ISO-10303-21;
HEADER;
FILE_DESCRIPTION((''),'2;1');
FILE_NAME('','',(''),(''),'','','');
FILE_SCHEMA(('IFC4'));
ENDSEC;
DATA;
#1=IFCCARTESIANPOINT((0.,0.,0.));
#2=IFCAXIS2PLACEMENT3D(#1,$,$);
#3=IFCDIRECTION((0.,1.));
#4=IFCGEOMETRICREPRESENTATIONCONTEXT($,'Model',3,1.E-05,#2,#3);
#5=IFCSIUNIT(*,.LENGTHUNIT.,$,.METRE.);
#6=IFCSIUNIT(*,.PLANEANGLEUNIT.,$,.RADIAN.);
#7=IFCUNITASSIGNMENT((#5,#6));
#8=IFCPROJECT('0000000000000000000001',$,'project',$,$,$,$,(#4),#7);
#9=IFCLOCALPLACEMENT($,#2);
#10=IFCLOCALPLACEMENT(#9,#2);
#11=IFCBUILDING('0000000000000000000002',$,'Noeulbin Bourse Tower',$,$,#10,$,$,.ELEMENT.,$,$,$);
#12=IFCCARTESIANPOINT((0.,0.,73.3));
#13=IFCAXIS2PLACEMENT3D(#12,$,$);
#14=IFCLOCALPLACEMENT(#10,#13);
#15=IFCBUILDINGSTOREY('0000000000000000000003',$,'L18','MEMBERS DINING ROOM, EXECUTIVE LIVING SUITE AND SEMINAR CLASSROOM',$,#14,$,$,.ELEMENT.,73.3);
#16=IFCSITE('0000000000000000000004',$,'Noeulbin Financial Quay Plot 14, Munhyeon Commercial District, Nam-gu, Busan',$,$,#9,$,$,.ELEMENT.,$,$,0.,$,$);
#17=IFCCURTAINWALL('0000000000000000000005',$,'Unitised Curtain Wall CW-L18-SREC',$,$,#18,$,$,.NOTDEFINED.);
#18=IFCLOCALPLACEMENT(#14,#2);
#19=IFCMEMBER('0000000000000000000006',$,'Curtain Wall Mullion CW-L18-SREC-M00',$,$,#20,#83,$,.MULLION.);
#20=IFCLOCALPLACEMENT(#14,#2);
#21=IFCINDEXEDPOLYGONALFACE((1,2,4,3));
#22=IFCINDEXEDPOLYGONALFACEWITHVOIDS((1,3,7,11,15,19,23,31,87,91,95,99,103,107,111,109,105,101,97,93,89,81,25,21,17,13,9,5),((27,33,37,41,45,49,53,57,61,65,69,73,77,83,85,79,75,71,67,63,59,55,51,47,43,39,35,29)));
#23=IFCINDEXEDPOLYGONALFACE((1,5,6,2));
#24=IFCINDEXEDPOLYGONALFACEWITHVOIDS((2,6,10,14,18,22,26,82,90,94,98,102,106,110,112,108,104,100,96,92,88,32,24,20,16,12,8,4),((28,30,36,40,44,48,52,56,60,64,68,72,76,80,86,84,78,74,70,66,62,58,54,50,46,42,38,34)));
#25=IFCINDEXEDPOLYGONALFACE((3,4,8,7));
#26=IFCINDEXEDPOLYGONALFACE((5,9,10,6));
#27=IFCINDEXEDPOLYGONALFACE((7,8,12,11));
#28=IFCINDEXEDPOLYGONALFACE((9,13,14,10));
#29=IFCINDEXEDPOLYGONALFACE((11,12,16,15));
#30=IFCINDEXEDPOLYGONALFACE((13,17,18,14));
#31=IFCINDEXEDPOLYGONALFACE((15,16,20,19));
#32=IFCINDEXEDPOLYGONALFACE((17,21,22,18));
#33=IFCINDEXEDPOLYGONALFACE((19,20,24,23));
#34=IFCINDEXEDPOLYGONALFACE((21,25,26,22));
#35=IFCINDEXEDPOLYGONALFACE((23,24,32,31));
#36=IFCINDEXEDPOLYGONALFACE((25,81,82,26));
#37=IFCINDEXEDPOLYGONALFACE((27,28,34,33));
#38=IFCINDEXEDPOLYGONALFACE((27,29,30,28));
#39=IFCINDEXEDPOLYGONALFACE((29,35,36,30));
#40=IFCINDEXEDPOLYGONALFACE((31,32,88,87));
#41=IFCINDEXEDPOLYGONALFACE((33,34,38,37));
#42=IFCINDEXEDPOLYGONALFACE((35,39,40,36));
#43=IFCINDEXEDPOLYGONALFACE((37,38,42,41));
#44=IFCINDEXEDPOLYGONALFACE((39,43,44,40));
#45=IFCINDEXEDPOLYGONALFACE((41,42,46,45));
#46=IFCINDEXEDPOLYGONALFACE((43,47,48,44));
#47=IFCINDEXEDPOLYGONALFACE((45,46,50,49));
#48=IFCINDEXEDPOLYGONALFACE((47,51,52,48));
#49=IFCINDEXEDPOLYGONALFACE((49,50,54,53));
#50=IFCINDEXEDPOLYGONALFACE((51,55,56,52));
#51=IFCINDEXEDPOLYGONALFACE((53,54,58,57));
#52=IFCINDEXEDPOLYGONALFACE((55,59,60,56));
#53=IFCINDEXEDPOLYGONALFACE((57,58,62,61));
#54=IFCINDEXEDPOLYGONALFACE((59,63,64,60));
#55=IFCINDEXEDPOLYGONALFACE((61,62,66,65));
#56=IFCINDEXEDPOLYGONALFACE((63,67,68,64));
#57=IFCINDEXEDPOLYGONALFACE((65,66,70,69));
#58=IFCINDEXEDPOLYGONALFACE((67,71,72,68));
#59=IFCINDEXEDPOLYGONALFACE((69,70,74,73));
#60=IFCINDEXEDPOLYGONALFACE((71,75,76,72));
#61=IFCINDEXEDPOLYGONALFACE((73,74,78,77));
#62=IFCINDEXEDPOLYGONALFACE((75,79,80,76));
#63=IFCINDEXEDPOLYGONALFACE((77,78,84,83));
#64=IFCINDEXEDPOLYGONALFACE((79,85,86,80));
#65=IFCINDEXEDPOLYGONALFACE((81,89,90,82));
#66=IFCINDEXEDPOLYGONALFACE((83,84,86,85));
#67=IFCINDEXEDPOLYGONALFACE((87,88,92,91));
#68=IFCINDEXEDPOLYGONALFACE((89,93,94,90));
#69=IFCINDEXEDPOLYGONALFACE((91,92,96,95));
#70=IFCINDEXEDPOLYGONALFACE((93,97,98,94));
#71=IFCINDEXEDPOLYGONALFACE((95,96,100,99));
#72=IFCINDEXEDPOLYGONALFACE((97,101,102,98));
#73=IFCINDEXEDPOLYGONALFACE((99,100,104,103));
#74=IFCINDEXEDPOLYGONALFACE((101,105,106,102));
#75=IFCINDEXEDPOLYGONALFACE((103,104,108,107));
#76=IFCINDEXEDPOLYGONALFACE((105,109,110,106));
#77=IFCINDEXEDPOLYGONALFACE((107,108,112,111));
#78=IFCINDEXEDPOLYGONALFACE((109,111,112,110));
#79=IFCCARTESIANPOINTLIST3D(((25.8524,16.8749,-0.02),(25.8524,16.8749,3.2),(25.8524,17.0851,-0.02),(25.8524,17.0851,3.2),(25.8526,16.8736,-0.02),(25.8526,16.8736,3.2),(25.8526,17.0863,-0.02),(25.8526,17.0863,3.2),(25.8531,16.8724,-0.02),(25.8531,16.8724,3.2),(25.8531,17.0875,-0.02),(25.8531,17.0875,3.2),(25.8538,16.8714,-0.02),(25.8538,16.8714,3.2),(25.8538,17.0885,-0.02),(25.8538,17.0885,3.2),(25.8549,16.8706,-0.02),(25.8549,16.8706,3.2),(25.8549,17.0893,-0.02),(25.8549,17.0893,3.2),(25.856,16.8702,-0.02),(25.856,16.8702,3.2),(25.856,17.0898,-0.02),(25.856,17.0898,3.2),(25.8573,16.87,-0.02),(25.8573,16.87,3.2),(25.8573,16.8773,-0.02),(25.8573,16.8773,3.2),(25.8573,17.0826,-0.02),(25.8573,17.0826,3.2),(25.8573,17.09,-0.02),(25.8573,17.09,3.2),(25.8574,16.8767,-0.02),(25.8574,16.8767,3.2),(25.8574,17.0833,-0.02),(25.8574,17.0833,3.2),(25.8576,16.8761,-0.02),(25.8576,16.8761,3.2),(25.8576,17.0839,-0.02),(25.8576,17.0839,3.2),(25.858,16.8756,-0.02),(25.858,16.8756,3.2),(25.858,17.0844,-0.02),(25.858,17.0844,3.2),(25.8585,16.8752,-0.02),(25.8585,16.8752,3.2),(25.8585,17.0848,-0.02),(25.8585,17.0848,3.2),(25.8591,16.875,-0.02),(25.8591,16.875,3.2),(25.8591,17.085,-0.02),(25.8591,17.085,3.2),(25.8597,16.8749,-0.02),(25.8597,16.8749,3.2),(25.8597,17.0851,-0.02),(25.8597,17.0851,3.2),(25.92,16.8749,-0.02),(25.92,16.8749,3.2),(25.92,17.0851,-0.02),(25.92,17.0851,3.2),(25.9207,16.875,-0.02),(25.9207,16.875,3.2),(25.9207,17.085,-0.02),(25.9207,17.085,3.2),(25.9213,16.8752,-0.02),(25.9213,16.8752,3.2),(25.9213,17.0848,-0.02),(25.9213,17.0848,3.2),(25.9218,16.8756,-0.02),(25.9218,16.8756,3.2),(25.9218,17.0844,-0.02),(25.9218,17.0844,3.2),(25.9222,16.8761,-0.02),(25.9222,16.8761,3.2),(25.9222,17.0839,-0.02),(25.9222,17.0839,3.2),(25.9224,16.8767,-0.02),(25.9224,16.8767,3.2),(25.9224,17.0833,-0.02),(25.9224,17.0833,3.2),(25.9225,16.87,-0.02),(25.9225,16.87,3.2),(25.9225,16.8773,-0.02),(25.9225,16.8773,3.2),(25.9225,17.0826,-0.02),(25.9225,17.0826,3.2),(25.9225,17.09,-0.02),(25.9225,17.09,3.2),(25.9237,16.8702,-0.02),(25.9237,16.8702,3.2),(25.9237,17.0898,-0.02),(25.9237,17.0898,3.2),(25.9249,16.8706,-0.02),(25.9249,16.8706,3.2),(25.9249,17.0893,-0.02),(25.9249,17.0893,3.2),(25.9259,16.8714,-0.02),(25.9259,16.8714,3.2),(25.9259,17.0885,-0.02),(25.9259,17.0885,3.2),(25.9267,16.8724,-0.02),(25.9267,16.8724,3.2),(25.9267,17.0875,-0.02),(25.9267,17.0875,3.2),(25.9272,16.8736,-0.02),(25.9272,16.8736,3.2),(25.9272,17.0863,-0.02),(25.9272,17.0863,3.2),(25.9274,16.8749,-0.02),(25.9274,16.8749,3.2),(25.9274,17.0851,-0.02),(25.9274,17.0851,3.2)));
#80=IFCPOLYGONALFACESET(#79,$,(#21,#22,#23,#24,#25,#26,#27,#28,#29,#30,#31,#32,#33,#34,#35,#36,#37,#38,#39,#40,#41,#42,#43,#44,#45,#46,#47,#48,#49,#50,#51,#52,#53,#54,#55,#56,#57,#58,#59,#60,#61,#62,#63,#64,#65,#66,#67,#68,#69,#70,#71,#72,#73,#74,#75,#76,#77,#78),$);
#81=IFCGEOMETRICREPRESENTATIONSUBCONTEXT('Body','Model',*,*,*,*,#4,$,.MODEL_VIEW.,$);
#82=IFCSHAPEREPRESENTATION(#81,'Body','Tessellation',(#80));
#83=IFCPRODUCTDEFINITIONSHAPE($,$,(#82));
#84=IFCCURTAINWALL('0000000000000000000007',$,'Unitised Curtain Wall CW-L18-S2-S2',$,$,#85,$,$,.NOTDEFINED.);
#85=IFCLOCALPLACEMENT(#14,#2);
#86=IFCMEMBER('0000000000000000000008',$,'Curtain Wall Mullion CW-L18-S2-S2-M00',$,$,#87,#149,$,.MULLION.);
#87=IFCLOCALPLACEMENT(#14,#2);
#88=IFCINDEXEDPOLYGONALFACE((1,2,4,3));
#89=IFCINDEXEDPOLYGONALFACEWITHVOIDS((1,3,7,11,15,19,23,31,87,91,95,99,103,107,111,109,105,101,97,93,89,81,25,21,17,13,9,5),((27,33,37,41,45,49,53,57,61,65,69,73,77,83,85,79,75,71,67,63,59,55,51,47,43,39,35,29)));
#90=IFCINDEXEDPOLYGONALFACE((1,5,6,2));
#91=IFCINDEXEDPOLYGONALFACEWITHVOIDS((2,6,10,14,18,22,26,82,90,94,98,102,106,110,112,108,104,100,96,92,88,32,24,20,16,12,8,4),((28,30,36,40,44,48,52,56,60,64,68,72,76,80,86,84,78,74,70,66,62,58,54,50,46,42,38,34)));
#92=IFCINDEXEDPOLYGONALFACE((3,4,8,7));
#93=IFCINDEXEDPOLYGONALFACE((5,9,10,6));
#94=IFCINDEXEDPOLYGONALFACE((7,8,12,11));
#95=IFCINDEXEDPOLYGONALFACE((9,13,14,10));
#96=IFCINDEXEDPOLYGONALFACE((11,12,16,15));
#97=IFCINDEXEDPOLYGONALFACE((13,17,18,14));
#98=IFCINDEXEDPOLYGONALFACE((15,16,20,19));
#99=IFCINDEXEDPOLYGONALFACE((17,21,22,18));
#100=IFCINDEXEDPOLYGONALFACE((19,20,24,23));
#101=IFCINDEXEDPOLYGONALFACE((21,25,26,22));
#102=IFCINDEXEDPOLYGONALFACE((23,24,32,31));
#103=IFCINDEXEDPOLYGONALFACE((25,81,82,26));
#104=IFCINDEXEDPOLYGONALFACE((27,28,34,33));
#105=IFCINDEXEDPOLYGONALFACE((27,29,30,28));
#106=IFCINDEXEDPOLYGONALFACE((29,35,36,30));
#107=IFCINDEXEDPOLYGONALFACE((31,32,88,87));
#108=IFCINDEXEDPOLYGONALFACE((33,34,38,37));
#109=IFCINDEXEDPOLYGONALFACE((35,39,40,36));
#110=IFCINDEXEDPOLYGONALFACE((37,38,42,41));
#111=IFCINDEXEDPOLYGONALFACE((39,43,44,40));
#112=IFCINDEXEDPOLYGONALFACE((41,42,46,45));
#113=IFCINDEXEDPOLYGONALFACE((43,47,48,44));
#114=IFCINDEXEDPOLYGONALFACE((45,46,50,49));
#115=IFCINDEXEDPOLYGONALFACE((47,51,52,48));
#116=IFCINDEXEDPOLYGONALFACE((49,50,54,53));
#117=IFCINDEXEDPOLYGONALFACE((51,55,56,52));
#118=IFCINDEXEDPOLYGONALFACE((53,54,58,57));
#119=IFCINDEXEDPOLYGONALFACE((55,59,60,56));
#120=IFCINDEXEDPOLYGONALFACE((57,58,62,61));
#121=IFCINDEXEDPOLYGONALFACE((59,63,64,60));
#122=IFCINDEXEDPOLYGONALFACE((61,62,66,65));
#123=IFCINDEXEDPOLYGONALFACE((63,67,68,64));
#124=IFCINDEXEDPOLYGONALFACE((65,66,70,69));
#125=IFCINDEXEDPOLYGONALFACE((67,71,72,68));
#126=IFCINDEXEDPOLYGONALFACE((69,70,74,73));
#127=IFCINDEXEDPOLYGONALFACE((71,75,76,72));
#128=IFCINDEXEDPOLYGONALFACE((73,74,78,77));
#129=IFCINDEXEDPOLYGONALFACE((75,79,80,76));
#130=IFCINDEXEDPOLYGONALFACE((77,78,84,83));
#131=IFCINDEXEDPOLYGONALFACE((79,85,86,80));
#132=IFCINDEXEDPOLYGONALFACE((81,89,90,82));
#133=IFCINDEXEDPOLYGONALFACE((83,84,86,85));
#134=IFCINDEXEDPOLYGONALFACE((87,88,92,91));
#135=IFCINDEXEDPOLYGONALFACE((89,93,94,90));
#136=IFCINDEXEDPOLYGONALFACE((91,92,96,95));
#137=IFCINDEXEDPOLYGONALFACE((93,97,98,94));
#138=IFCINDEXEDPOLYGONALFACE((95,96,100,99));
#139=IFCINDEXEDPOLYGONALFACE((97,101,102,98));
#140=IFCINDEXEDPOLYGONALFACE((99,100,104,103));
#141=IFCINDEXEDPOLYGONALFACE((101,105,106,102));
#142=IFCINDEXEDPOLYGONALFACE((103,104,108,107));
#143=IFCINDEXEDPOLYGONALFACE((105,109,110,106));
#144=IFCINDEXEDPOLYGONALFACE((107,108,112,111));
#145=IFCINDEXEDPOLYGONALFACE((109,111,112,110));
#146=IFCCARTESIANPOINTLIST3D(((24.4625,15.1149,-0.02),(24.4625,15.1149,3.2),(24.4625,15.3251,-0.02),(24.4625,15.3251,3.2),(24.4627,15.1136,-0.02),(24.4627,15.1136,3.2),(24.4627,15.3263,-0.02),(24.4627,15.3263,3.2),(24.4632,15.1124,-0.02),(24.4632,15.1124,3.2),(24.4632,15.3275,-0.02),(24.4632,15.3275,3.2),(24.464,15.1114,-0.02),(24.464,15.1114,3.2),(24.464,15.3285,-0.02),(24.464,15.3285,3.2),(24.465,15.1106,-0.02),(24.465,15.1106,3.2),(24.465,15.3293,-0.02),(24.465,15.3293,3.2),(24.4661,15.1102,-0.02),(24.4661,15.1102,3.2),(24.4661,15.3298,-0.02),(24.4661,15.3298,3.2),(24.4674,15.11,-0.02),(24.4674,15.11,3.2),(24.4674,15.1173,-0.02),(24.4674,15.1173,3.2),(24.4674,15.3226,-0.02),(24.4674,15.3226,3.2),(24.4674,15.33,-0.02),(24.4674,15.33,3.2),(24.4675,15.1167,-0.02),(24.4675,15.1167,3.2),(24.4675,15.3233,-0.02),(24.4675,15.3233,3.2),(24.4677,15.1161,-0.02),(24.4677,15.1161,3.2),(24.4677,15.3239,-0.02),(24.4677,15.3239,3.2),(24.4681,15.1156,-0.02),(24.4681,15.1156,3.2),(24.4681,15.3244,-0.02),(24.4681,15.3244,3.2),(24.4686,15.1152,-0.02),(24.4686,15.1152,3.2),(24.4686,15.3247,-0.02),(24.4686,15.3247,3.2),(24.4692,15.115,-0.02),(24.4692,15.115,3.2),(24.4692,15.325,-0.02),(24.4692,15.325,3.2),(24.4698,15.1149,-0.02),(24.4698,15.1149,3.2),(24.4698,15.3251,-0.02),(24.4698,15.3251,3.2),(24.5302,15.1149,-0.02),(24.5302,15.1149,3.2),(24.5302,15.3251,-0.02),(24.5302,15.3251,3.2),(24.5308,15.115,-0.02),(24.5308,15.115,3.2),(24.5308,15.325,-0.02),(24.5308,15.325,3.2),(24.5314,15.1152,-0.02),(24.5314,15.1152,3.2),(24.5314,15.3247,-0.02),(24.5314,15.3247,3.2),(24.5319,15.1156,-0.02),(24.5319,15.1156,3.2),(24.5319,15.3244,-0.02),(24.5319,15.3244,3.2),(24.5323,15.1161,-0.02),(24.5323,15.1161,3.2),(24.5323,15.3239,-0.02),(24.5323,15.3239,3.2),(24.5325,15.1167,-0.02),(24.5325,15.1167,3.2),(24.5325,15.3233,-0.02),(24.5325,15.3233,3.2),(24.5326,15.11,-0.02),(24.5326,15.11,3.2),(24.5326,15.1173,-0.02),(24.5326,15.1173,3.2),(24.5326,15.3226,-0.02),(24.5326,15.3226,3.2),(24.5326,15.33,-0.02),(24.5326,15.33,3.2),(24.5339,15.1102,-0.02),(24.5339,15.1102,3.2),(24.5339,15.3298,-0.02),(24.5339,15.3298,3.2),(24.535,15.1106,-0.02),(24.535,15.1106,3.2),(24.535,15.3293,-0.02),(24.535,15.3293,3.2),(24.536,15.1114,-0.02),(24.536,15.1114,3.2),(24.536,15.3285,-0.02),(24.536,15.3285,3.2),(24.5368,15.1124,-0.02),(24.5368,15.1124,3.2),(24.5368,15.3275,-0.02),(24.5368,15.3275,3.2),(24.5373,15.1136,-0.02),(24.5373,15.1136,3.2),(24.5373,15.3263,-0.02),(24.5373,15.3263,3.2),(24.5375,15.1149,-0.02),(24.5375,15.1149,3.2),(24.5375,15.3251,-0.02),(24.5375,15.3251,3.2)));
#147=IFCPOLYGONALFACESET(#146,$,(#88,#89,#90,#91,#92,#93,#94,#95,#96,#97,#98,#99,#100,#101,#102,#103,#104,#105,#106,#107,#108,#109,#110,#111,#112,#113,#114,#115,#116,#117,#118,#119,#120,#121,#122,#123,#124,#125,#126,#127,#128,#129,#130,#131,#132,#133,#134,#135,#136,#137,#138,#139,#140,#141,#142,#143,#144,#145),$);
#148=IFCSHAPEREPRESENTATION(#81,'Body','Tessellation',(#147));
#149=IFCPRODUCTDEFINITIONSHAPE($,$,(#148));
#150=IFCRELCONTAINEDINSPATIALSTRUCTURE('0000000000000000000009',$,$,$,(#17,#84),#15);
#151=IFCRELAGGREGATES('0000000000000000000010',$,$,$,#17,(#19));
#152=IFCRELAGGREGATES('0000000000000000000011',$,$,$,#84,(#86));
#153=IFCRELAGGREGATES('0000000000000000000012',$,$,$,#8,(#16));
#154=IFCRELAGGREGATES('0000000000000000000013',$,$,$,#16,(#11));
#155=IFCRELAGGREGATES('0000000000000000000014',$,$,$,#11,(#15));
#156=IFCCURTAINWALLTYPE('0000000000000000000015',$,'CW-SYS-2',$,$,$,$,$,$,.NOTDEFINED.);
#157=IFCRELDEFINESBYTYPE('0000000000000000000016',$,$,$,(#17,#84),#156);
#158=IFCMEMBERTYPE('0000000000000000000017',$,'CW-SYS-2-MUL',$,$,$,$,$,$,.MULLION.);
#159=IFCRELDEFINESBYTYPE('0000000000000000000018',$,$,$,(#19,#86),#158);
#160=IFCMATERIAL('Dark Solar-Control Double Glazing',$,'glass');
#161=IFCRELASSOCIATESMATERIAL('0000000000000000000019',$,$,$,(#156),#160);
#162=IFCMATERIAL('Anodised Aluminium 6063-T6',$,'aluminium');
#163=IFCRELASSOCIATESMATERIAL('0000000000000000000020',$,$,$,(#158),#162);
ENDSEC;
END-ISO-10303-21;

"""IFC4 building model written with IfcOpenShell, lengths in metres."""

from ifc_helpers import new_model, si_unit, direction, frame, origin, origin_2d, place, context, subcontext, project, spatial, hollow_rectangle, extrude, material, material_profile, profile_set, type_object, element, aggregate, save


model = new_model("IFC4")

# Units and contexts
model_context = context("Model", 3, precision=1e-05, world=origin(), true_north=direction((0.0, 1.0)))
body_context = subcontext(model_context, "Body", "Model", "MODEL_VIEW")
ifc_project = project(units=[si_unit("LENGTHUNIT", "METRE"), si_unit("PLANEANGLEUNIT", "RADIAN")], contexts=[model_context])

# Site, building, storey
site_placement = place(None, origin())
site = spatial("IfcSite", under=ifc_project, at=site_placement, Name="Noeulbin Financial Quay Plot 14, Munhyeon Commercial District, Nam-gu, Busan", CompositionType="ELEMENT", RefElevation=0.0)
building_placement = place(site_placement, origin())
building = spatial("IfcBuilding", under=site, at=building_placement, Name="Noeulbin Bourse Tower", CompositionType="ELEMENT")
storey_placement = place(building_placement, frame((0.0, 0.0, 73.3)))
storey = spatial("IfcBuildingStorey", under=building, at=storey_placement, Name="L18", Description="MEMBERS DINING ROOM, EXECUTIVE LIVING SUITE AND SEMINAR CLASSROOM", CompositionType="ELEMENT", Elevation=73.3)

# Curtain wall, member
ifc_material_1 = material(Name="Dark Solar-Control Double Glazing", Category="glass")
curtain_wall_type = type_object("IfcCurtainWallType", Name="CW-SYS-2", PredefinedType="NOTDEFINED", material=ifc_material_1)
curtain_wall_1_placement = place(storey_placement, origin())
curtain_wall_1 = element("IfcCurtainWall", 1, at=curtain_wall_1_placement, inside=storey, type_object=curtain_wall_type, Name="Unitised Curtain Wall CW-L18-SREC", PredefinedType="NOTDEFINED")
ifc_material_2 = material(Name="Anodised Aluminium 6063-T6", Category="aluminium")
ifc_material_profile_1 = material_profile(ifc_material_2, hollow_rectangle(XDim=0.075, YDim=0.22, WallThickness=0.0049, InnerFilletRadius=0.0024, OuterFilletRadius=0.0049, at=origin_2d()), Name="ALU-MULL-75x220x5", Category="LoadBearing")
ifc_profile_set_1 = profile_set([ifc_material_profile_1], Name="Anodised Aluminium 6063-T6")
member_type_1 = type_object("IfcMemberType", Name="CW-SYS-2-MUL", PredefinedType="MULLION", material=ifc_profile_set_1)
member_1_placement = place(storey_placement, frame((25.8899, 16.98, -0.02), z_axis=(0.0, 0.0, 1.0), x_axis=(1.0, 0.0, 0.0)))
member_1 = element("IfcMember", 2, at=member_1_placement, type_object=member_type_1, Name="Curtain Wall Mullion CW-L18-SREC-M00", PredefinedType="MULLION", context=body_context, shape_type="SweptSolid", body=[
    extrude(hollow_rectangle(XDim=0.075, YDim=0.22, WallThickness=0.0049, InnerFilletRadius=0.0024, OuterFilletRadius=0.0049, at=origin_2d()), origin(), (0.0, 0.0, 1.0), 3.22),
])

# Curtain wall, member
curtain_wall_2_placement = place(storey_placement, origin())
curtain_wall_2 = element("IfcCurtainWall", 3, at=curtain_wall_2_placement, inside=storey, type_object=curtain_wall_type, Name="Unitised Curtain Wall CW-L18-S2-S2", PredefinedType="NOTDEFINED")
member_2_placement = place(storey_placement, frame((24.5, 15.22, -0.02), z_axis=(0.0, 0.0, 1.0), x_axis=(1.0, 0.0, 0.0)))
member_2 = element("IfcMember", 4, at=member_2_placement, type_object=member_type_1, Name="Curtain Wall Mullion CW-L18-S2-S2-M00", PredefinedType="MULLION", context=body_context, shape_type="SweptSolid", body=[
    extrude(hollow_rectangle(XDim=0.075, YDim=0.22, WallThickness=0.0049, InnerFilletRadius=0.0024, OuterFilletRadius=0.0049, at=origin_2d()), origin(), (0.0, 0.0, 1.0), 3.22),
])

aggregate(curtain_wall_1, [member_1])
aggregate(curtain_wall_2, [member_2])

save(model, "model.ifc")
